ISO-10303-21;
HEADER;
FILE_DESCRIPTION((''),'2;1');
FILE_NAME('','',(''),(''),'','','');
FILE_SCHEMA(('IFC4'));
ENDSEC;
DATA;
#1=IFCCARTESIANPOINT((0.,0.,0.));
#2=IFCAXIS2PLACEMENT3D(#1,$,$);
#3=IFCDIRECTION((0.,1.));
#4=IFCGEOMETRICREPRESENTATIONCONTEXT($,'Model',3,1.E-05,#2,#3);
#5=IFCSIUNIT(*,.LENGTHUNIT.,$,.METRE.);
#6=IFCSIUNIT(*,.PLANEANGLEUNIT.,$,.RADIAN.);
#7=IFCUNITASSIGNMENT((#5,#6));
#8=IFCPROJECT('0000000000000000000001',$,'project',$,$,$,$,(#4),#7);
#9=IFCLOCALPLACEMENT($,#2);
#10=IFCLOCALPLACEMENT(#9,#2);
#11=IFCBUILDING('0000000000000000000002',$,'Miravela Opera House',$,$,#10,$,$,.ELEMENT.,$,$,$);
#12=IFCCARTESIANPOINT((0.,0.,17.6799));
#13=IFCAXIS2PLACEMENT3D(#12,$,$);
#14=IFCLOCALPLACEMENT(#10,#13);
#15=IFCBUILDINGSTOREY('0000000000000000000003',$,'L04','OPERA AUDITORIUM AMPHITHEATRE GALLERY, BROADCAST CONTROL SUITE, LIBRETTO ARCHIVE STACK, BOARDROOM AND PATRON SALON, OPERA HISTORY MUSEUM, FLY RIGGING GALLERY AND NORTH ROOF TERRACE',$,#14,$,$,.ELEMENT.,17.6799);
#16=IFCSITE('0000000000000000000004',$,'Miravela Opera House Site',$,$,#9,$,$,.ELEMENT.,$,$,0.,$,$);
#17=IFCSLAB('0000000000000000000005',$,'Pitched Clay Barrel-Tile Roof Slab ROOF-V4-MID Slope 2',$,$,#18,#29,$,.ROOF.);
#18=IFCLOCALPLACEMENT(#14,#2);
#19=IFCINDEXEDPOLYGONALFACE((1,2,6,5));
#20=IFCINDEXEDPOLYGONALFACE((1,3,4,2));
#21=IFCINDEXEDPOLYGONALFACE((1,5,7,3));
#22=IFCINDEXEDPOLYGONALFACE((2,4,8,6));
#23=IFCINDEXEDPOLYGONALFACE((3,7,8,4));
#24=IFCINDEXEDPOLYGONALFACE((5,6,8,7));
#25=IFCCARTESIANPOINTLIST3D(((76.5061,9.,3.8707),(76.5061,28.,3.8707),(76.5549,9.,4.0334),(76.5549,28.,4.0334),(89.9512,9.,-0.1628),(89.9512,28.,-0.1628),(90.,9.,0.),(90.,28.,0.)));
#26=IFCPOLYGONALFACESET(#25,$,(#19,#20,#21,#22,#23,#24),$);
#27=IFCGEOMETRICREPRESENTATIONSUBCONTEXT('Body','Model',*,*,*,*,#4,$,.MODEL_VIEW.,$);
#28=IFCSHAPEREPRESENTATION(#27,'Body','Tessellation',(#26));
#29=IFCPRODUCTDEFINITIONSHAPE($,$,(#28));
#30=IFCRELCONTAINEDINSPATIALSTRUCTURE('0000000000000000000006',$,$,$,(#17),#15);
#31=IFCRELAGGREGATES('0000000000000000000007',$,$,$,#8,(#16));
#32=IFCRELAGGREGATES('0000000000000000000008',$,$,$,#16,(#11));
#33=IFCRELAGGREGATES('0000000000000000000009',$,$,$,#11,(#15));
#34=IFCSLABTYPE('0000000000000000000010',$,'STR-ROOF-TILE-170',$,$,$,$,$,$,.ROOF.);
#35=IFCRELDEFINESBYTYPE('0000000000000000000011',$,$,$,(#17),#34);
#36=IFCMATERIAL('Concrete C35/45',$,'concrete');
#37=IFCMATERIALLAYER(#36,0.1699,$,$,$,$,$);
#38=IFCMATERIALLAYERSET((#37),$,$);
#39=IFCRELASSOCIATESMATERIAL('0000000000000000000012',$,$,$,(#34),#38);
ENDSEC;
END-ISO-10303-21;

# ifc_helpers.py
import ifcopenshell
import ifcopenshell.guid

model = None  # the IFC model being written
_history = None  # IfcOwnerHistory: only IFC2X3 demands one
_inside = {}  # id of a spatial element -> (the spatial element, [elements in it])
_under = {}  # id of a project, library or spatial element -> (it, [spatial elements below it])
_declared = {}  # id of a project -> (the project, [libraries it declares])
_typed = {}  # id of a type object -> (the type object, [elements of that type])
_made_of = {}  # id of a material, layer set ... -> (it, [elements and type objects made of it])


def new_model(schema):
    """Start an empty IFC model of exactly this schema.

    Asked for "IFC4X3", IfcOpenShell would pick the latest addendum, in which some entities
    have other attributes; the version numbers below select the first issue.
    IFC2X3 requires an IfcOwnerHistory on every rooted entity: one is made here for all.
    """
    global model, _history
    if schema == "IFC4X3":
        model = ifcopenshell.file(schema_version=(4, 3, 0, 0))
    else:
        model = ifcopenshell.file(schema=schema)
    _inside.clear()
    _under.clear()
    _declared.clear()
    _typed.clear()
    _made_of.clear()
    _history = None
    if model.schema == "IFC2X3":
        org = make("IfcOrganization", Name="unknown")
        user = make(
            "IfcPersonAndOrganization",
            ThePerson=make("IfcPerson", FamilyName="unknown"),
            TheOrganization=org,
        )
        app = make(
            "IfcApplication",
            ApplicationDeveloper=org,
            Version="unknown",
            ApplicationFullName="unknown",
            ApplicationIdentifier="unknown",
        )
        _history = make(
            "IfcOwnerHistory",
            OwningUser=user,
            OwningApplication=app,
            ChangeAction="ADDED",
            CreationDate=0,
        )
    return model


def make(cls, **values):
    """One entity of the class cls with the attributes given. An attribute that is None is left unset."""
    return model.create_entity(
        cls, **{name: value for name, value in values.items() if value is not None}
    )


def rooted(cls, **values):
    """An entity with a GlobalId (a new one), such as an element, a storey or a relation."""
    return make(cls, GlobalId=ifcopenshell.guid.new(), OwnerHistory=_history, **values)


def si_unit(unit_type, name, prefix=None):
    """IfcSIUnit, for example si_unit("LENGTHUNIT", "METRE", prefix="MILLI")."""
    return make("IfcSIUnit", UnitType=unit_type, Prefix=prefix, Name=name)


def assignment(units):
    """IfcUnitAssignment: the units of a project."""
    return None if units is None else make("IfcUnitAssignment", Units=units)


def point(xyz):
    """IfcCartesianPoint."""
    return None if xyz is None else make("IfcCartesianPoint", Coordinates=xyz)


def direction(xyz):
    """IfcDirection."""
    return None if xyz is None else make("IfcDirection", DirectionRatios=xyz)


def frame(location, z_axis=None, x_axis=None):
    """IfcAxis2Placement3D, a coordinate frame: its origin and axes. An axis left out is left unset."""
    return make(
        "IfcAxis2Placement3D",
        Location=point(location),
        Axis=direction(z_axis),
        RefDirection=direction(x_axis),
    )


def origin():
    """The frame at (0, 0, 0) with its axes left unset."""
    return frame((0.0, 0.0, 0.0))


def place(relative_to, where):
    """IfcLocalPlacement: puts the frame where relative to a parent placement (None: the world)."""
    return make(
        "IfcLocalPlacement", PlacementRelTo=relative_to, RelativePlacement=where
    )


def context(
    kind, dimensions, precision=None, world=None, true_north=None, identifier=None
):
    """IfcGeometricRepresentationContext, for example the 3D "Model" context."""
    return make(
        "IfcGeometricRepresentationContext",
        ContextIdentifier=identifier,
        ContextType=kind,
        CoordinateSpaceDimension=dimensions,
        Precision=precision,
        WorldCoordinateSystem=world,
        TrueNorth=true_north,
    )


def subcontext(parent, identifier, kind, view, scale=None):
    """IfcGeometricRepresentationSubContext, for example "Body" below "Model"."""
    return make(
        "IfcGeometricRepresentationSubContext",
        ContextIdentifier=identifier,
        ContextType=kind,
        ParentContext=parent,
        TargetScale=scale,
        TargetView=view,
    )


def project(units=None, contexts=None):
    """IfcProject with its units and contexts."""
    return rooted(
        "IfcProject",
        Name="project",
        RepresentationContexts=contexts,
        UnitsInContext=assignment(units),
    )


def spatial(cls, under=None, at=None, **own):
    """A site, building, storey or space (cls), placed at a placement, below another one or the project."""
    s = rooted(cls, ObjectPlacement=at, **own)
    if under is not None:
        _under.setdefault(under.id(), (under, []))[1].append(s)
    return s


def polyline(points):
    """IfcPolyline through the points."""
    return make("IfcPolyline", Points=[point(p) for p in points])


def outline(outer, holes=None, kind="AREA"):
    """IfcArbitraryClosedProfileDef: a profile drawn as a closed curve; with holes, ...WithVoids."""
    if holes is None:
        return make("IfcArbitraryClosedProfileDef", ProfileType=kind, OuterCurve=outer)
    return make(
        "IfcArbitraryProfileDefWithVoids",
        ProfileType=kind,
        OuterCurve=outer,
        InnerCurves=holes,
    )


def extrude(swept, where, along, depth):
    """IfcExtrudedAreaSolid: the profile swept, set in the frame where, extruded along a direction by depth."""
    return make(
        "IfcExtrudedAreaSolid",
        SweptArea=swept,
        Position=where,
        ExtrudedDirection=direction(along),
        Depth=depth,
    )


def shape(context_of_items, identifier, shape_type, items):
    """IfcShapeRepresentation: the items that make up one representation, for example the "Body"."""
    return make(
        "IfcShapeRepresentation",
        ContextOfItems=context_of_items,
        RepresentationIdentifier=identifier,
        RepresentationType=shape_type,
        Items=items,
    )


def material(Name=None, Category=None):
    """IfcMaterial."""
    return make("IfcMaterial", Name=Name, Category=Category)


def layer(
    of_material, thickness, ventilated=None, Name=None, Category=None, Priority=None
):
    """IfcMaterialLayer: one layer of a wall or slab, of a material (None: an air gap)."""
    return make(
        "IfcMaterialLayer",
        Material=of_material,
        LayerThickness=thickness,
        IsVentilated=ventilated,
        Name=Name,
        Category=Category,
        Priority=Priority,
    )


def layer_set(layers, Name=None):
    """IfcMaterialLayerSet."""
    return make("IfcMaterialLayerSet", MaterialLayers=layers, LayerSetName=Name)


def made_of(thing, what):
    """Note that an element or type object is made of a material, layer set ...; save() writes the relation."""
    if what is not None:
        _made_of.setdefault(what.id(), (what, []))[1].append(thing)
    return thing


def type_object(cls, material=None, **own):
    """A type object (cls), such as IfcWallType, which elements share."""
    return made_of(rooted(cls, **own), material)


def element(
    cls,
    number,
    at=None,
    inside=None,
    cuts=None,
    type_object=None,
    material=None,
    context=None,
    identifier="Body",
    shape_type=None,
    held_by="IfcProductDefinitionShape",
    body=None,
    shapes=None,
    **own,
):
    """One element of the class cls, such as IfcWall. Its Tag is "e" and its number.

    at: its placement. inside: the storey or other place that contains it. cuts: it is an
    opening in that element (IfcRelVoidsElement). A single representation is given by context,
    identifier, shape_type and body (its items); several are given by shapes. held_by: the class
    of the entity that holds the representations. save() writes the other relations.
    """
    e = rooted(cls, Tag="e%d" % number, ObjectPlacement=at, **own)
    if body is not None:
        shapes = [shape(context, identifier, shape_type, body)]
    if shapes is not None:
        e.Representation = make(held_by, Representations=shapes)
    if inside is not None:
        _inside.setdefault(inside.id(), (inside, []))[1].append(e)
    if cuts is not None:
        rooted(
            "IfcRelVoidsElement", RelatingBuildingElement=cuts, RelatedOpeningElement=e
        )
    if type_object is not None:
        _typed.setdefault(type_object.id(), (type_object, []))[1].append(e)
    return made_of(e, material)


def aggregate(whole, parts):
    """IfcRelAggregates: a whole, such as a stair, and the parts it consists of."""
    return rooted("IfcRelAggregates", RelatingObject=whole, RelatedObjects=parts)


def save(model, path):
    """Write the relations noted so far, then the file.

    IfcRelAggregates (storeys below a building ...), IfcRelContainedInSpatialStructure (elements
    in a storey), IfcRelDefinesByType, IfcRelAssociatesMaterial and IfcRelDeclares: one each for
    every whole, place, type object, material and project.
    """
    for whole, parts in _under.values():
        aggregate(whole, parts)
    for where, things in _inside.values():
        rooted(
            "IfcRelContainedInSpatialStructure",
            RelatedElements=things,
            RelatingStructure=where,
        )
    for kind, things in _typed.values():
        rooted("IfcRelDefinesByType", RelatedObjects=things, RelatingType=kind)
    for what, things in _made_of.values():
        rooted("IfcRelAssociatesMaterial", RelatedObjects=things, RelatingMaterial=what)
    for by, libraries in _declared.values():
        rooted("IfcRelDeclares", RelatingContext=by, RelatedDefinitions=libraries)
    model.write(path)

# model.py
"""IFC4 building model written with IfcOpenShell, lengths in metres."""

from ifc_helpers import new_model, si_unit, direction, frame, origin, place, context, subcontext, project, spatial, polyline, outline, extrude, material, layer, layer_set, type_object, element, save


model = new_model("IFC4")

# Units and contexts
model_context = context("Model", 3, precision=1e-05, world=origin(), true_north=direction((0.0, 1.0)))
body_context = subcontext(model_context, "Body", "Model", "MODEL_VIEW")
ifc_project = project(units=[si_unit("LENGTHUNIT", "METRE"), si_unit("PLANEANGLEUNIT", "RADIAN")], contexts=[model_context])

# Site, building, storey
site_placement = place(None, origin())
site = spatial("IfcSite", under=ifc_project, at=site_placement, Name="Miravela Opera House Site", CompositionType="ELEMENT", RefElevation=0.0)
building_placement = place(site_placement, origin())
building = spatial("IfcBuilding", under=site, at=building_placement, Name="Miravela Opera House", CompositionType="ELEMENT")
storey_placement = place(building_placement, frame((0.0, 0.0, 17.6799)))
storey = spatial("IfcBuildingStorey", under=building, at=storey_placement, Name="L04", Description="OPERA AUDITORIUM AMPHITHEATRE GALLERY, BROADCAST CONTROL SUITE, LIBRETTO ARCHIVE STACK, BOARDROOM AND PATRON SALON, OPERA HISTORY MUSEUM, FLY RIGGING GALLERY AND NORTH ROOF TERRACE", CompositionType="ELEMENT", Elevation=17.6799)

# Shared definitions
ifc_material_1 = material(Name="Concrete C35/45", Category="concrete")

# Slab
ifc_layer_1 = layer(ifc_material_1, 0.1699)
ifc_layer_set_1 = layer_set([ifc_layer_1])
slab_type = type_object("IfcSlabType", Name="STR-ROOF-TILE-170", PredefinedType="ROOF", material=ifc_layer_set_1)
slab_1_placement = place(storey_placement, frame((90.0, 28.0, 0.0), z_axis=(0.287343, 0.0, 0.957828), x_axis=(0.0, -1.0, 0.0)))
element("IfcSlab", 1, at=slab_1_placement, inside=storey, type_object=slab_type, Name="Pitched Clay Barrel-Tile Roof Slab ROOF-V4-MID Slope 2", PredefinedType="ROOF", context=body_context, shape_type="SweptSolid", body=[
    extrude(outline(polyline([(0.0, 0.0), (19.0, 0.0), (19.0, -14.037), (0.0, -14.037), (0.0, 0.0)])), origin(), (0.0, 0.0, -1.0), 0.1699),
])

save(model, "model.ifc")
